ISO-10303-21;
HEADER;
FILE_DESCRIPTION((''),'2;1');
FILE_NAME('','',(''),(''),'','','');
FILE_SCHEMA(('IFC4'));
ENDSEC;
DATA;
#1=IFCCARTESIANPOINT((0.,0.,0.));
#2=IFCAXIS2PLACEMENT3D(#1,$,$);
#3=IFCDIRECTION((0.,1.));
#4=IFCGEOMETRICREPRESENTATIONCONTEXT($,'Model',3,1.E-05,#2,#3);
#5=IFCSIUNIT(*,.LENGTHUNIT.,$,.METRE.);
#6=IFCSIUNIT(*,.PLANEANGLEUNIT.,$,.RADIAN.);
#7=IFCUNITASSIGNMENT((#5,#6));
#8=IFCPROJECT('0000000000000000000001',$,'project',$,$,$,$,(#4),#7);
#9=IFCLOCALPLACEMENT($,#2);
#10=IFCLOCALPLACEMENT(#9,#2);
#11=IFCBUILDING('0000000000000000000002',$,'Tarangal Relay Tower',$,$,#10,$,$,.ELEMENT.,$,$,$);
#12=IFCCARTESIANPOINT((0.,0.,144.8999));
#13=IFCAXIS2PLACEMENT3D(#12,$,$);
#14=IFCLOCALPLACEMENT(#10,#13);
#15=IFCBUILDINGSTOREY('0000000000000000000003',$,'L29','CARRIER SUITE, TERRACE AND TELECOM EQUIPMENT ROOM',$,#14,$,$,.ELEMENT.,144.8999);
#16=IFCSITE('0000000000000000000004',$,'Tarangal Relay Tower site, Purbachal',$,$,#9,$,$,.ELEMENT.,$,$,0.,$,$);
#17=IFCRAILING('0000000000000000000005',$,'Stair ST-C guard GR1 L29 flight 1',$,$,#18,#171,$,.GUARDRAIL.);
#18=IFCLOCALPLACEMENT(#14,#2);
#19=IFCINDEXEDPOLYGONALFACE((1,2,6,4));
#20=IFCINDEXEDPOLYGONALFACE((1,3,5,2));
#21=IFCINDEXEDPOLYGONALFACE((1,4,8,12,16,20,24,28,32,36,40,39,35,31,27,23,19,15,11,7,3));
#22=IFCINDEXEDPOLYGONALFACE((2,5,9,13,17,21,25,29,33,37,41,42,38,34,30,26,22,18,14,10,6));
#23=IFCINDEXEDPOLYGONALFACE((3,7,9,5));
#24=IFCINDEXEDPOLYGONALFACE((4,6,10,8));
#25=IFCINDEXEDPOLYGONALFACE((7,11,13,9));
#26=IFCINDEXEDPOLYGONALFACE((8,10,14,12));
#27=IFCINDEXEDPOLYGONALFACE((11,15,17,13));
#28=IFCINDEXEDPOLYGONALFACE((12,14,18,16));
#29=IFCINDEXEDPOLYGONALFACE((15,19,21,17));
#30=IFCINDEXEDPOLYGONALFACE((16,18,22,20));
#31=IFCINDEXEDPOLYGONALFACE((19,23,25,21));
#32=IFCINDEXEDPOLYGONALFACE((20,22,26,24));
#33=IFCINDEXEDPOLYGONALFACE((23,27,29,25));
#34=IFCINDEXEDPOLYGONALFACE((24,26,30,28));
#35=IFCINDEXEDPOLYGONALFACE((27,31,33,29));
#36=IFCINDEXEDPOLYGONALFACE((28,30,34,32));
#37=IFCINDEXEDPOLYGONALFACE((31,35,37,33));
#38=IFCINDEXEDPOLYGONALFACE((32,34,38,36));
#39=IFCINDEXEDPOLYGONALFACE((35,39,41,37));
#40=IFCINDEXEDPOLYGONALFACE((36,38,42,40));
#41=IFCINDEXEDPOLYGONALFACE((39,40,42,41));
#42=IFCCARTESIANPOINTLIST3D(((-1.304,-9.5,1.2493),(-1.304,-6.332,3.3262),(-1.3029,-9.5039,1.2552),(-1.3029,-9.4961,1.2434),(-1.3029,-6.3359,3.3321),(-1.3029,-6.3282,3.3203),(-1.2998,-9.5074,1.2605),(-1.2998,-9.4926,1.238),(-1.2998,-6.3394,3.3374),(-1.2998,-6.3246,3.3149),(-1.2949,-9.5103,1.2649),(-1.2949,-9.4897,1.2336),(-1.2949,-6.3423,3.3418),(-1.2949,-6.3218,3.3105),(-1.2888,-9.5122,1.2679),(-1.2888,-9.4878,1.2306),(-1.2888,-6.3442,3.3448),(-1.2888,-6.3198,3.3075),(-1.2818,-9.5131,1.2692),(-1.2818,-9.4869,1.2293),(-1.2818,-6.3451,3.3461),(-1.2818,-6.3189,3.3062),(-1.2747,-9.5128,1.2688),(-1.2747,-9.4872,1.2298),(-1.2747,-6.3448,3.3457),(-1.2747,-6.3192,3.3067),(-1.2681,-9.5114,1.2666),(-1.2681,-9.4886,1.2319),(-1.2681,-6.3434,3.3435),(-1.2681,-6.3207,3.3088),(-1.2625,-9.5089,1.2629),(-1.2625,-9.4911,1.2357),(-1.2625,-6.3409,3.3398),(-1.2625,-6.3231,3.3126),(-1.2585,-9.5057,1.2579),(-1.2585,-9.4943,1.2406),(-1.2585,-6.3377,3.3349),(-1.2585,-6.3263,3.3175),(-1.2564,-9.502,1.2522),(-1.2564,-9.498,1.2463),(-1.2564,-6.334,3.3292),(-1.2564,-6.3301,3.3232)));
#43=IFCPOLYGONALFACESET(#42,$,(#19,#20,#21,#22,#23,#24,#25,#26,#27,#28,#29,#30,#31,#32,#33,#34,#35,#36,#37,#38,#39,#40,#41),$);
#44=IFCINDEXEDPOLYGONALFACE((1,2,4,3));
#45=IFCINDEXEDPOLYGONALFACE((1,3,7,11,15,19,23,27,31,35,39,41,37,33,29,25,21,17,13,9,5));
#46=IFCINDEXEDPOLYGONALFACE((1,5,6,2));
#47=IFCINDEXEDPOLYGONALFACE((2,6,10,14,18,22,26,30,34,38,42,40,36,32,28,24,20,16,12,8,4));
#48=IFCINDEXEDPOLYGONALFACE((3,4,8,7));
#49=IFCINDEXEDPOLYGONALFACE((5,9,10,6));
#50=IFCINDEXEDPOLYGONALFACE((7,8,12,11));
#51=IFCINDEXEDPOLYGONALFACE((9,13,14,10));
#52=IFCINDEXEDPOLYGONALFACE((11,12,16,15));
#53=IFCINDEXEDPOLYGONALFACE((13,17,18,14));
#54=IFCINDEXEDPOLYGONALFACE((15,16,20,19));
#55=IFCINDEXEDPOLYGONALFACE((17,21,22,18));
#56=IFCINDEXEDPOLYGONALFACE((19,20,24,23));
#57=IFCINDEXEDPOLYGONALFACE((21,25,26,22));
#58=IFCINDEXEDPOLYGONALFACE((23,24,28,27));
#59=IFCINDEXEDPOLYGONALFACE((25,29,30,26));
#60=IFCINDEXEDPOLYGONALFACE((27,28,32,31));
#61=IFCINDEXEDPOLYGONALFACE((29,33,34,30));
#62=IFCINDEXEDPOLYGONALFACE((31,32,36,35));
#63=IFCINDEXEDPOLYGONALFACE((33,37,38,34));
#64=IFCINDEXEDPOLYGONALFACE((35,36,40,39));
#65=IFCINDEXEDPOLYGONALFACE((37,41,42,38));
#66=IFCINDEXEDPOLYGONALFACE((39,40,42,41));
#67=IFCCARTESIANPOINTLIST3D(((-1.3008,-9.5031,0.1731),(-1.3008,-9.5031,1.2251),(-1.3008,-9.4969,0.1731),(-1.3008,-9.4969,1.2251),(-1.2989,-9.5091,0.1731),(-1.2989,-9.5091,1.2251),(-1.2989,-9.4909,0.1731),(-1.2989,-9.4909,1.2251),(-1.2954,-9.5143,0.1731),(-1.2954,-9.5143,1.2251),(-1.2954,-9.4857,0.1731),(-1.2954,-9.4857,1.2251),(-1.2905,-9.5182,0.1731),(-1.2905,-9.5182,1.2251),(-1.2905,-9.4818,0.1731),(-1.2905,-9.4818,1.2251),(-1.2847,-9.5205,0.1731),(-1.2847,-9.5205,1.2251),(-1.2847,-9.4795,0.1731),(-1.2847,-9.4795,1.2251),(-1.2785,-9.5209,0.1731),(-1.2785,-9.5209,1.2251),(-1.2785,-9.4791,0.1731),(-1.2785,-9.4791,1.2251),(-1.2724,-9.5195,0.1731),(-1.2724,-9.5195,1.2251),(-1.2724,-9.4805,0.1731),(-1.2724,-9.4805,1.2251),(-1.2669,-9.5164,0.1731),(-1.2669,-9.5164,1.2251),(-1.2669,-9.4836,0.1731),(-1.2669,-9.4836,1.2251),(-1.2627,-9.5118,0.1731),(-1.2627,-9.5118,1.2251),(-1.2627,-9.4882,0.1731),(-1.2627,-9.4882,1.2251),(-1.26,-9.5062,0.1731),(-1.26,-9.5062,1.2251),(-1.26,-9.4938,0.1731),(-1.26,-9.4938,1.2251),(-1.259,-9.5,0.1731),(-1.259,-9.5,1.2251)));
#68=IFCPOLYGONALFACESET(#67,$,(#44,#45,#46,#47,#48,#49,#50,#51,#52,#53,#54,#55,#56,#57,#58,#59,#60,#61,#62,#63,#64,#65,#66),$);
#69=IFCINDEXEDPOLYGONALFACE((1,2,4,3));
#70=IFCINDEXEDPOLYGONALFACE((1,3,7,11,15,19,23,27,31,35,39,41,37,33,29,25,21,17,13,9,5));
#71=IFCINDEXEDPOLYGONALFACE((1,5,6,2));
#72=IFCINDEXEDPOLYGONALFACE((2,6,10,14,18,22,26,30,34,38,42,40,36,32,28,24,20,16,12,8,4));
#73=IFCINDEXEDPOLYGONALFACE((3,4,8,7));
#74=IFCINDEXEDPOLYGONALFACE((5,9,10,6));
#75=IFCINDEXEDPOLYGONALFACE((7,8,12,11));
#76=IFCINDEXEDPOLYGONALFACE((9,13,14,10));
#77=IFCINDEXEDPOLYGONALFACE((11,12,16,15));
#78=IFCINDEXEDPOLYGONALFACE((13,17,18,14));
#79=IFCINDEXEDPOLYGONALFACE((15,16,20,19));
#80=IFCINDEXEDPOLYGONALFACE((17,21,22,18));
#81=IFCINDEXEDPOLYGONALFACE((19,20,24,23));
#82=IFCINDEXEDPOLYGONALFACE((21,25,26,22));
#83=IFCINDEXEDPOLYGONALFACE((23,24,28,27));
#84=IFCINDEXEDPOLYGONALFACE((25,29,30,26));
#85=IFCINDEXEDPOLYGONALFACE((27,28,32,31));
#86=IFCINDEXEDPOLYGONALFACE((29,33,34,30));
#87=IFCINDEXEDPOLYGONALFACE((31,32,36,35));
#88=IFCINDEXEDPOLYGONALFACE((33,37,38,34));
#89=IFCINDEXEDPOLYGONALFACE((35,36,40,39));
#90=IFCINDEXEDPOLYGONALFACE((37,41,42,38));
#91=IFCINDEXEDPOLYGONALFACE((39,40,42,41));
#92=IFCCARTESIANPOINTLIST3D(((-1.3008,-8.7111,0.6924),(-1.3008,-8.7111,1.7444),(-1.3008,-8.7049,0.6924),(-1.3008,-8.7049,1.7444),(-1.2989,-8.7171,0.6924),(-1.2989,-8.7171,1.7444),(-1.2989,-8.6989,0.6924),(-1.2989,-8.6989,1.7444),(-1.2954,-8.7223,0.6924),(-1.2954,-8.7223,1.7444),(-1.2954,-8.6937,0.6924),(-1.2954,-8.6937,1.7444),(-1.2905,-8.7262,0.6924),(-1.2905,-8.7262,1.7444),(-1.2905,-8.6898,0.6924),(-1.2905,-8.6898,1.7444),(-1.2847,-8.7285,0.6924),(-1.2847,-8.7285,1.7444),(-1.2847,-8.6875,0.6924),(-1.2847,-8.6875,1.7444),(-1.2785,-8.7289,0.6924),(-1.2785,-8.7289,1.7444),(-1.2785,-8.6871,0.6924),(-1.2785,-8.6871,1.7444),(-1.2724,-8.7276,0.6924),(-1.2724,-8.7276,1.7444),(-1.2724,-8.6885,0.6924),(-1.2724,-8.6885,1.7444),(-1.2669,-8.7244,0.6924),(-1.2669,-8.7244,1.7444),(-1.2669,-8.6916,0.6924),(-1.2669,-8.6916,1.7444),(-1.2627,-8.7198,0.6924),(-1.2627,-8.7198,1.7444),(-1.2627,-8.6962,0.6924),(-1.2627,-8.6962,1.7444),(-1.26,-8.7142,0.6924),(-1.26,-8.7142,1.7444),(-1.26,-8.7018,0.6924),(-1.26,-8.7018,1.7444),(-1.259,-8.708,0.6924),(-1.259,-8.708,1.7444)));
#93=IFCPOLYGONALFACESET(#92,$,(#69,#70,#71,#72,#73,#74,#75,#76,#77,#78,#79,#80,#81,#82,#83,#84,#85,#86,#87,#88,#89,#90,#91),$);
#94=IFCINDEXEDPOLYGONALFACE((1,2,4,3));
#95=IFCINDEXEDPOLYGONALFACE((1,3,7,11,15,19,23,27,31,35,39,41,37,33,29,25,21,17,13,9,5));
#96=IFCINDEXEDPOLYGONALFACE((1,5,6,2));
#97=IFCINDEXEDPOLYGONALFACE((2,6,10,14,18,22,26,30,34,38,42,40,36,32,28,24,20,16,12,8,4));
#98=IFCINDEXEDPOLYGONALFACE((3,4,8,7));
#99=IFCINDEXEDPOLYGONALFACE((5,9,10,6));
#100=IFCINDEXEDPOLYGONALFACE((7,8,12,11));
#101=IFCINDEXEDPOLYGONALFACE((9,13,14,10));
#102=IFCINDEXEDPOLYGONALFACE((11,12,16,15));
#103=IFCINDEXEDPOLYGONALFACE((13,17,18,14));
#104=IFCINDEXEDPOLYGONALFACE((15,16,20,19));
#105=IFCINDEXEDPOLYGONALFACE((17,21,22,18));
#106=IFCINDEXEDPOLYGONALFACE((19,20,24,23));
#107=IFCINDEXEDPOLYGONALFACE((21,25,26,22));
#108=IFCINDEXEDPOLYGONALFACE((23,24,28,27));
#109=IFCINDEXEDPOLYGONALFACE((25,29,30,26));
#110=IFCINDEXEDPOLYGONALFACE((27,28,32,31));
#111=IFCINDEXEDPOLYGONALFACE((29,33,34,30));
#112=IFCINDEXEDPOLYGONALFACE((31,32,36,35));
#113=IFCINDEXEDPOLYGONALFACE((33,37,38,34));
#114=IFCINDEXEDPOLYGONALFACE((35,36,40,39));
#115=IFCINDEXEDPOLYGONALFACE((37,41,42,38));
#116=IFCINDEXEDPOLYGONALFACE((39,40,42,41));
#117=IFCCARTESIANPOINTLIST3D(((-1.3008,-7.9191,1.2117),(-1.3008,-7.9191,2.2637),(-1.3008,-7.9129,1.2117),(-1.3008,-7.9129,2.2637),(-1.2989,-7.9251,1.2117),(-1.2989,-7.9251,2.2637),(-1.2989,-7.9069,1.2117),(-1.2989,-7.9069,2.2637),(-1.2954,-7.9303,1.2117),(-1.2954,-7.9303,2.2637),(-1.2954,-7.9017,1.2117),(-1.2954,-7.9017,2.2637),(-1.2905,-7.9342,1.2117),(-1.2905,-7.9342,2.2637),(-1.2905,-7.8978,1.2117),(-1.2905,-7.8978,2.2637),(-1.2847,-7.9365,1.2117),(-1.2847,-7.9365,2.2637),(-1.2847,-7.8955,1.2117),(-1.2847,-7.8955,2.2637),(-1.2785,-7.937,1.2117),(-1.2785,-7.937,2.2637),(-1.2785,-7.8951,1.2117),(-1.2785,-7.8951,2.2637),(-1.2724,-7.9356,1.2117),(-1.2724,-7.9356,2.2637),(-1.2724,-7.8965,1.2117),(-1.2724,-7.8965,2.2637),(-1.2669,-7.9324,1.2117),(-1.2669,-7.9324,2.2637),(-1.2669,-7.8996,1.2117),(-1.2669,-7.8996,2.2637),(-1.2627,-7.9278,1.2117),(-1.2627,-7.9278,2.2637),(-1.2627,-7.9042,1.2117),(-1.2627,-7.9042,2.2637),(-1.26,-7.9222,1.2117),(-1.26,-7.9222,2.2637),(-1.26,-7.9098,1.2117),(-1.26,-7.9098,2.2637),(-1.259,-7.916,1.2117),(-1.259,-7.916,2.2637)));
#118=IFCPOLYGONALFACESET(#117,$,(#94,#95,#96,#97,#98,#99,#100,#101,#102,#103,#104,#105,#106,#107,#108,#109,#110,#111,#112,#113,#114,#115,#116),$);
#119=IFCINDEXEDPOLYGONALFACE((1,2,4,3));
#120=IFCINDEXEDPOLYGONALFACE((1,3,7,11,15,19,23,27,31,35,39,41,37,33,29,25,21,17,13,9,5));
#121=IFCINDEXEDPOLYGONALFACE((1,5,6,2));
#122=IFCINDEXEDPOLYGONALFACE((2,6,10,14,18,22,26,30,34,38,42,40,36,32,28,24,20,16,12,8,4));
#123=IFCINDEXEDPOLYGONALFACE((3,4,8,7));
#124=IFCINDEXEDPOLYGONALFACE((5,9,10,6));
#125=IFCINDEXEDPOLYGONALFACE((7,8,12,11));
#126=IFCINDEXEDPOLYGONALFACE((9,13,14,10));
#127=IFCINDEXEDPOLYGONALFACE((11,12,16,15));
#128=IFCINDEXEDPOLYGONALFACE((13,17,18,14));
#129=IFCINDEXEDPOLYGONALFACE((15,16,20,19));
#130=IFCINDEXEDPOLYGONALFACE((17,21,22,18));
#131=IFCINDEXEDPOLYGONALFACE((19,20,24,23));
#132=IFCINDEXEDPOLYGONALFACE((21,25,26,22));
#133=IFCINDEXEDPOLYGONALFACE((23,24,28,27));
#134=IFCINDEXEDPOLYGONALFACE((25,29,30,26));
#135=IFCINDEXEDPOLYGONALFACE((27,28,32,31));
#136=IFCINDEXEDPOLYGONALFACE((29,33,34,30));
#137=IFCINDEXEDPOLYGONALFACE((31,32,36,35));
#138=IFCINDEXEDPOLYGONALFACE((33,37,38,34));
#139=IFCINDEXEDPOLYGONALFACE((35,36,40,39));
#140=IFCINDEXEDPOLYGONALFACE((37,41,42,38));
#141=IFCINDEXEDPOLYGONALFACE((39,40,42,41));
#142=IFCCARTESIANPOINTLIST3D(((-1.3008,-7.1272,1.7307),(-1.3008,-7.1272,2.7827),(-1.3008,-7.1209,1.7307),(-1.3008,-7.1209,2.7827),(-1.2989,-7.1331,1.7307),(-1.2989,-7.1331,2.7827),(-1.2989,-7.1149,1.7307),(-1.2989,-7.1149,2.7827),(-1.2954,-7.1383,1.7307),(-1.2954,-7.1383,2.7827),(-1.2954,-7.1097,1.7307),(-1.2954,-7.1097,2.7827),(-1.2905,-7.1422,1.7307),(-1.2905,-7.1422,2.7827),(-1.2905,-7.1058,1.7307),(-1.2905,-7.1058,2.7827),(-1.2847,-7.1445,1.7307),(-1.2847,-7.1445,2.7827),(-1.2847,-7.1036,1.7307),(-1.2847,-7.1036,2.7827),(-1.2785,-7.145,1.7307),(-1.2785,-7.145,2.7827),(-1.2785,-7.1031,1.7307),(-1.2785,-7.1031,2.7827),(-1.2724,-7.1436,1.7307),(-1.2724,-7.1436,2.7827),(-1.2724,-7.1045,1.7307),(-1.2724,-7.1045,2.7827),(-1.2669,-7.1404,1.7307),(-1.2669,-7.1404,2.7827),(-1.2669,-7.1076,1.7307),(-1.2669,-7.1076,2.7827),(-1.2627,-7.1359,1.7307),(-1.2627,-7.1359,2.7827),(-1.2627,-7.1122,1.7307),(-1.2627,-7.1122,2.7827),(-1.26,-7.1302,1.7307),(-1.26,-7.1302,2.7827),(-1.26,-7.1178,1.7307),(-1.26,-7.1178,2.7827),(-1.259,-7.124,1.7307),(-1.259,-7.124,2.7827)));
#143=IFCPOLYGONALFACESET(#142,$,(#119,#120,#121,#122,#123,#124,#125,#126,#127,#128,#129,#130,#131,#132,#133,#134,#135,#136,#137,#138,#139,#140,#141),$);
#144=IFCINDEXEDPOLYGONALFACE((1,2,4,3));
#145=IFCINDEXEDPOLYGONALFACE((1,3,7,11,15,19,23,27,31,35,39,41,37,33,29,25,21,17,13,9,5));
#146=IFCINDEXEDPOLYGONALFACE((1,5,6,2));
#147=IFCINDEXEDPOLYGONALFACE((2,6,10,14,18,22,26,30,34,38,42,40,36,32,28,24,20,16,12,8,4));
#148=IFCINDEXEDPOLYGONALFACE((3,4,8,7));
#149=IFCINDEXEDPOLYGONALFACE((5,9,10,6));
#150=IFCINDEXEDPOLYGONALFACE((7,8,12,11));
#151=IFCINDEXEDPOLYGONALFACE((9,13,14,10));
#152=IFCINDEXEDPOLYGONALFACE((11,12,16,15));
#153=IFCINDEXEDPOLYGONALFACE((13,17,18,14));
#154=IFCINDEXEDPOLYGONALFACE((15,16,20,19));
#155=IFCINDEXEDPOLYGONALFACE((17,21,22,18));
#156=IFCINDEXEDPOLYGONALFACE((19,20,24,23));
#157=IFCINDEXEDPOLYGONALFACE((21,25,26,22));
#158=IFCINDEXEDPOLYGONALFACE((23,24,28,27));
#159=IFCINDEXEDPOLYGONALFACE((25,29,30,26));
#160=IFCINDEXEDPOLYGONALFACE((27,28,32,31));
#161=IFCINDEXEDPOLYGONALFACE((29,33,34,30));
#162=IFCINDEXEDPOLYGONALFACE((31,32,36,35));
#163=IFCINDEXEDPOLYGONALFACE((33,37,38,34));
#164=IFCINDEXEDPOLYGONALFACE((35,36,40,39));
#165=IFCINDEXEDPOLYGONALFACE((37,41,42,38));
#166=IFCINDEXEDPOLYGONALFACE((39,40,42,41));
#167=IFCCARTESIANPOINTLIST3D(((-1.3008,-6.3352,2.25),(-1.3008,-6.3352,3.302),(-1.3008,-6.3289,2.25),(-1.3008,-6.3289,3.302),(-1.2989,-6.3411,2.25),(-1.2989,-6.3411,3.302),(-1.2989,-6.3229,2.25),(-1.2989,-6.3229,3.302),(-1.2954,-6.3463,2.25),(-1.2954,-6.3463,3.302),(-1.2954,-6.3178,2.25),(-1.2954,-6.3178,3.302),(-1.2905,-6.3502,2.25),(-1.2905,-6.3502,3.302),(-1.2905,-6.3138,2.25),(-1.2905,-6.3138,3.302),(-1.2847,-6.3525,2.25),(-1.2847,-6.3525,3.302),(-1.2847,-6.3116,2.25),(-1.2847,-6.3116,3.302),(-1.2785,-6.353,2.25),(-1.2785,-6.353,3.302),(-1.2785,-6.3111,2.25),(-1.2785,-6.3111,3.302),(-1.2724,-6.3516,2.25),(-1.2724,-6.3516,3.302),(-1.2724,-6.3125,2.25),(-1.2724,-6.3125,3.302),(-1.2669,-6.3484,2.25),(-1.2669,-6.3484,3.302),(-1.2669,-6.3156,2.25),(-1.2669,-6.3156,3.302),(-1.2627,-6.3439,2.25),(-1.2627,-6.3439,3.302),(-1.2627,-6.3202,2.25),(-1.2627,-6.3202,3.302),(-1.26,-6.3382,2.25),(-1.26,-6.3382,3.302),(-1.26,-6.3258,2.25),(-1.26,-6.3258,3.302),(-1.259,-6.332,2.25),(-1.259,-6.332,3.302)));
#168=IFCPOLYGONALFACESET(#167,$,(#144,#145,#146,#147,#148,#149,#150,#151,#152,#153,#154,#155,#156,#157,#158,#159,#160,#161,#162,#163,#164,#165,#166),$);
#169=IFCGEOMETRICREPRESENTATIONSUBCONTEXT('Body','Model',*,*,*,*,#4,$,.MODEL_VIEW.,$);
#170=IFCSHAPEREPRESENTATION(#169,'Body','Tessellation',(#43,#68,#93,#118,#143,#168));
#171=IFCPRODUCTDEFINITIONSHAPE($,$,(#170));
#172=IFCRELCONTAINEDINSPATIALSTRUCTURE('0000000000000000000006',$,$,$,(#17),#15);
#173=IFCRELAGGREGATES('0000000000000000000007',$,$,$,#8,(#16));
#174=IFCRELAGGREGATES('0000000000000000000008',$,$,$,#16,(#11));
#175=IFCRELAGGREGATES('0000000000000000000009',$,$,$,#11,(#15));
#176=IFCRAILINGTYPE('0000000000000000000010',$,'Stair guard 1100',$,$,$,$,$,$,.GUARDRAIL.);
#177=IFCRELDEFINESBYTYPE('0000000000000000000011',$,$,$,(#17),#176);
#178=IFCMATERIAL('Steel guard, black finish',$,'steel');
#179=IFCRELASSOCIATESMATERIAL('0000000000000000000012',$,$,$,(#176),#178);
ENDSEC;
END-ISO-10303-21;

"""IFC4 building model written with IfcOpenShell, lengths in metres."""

from ifc_helpers import new_model, si_unit, direction, frame, origin, origin_2d, place, context, subcontext, project, spatial, circle, extrude, material, type_object, element, save


model = new_model("IFC4")

# Units and contexts
model_context = context("Model", 3, precision=1e-05, world=origin(), true_north=direction((0.0, 1.0)))
body_context = subcontext(model_context, "Body", "Model", "MODEL_VIEW")
ifc_project = project(units=[si_unit("LENGTHUNIT", "METRE"), si_unit("PLANEANGLEUNIT", "RADIAN")], contexts=[model_context])

# Site, building, storey
site_placement = place(None, origin())
site = spatial("IfcSite", under=ifc_project, at=site_placement, Name="Tarangal Relay Tower site, Purbachal", CompositionType="ELEMENT", RefElevation=0.0)
building_placement = place(site_placement, origin())
building = spatial("IfcBuilding", under=site, at=building_placement, Name="Tarangal Relay Tower", CompositionType="ELEMENT")
storey_placement = place(building_placement, frame((0.0, 0.0, 144.8999)))
storey = spatial("IfcBuildingStorey", under=building, at=storey_placement, Name="L29", Description="CARRIER SUITE, TERRACE AND TELECOM EQUIPMENT ROOM", CompositionType="ELEMENT", Elevation=144.8999)

# Railing
ifc_material_1 = material(Name="Steel guard, black finish", Category="steel")
railing_type_1 = type_object("IfcRailingType", Name="Stair guard 1100", PredefinedType="GUARDRAIL", material=ifc_material_1)
railing_1_placement = place(storey_placement, frame((-1.28, -9.5, 0.1731)))
element("IfcRailing", 1, at=railing_1_placement, inside=storey, type_object=railing_type_1, Name="Stair ST-C guard GR1 L29 flight 1", PredefinedType="GUARDRAIL", context=body_context, shape_type="SweptSolid", body=[
    extrude(circle(Radius=0.0239, at=origin_2d()), frame((0.0, 0.0, 1.0762), z_axis=(0.0, 0.836299, 0.548273), x_axis=(-1.0, 0.0, 0.0)), (0.0, 0.0, 1.0), 3.7881),
    extrude(circle(Radius=0.021, at=origin_2d()), origin(), (0.0, 0.0, 1.0), 1.052),
    extrude(circle(Radius=0.021, at=origin_2d()), frame((0.0, 0.792, 0.5193)), (0.0, 0.0, 1.0), 1.052),
    extrude(circle(Radius=0.021, at=origin_2d()), frame((0.0, 1.584, 1.0386)), (0.0, 0.0, 1.0), 1.052),
    extrude(circle(Radius=0.021, at=origin_2d()), frame((0.0, 2.376, 1.5576)), (0.0, 0.0, 1.0), 1.052),
    extrude(circle(Radius=0.021, at=origin_2d()), frame((0.0, 3.168, 2.0769)), (0.0, 0.0, 1.0), 1.052),
])

save(model, "model.ifc")
